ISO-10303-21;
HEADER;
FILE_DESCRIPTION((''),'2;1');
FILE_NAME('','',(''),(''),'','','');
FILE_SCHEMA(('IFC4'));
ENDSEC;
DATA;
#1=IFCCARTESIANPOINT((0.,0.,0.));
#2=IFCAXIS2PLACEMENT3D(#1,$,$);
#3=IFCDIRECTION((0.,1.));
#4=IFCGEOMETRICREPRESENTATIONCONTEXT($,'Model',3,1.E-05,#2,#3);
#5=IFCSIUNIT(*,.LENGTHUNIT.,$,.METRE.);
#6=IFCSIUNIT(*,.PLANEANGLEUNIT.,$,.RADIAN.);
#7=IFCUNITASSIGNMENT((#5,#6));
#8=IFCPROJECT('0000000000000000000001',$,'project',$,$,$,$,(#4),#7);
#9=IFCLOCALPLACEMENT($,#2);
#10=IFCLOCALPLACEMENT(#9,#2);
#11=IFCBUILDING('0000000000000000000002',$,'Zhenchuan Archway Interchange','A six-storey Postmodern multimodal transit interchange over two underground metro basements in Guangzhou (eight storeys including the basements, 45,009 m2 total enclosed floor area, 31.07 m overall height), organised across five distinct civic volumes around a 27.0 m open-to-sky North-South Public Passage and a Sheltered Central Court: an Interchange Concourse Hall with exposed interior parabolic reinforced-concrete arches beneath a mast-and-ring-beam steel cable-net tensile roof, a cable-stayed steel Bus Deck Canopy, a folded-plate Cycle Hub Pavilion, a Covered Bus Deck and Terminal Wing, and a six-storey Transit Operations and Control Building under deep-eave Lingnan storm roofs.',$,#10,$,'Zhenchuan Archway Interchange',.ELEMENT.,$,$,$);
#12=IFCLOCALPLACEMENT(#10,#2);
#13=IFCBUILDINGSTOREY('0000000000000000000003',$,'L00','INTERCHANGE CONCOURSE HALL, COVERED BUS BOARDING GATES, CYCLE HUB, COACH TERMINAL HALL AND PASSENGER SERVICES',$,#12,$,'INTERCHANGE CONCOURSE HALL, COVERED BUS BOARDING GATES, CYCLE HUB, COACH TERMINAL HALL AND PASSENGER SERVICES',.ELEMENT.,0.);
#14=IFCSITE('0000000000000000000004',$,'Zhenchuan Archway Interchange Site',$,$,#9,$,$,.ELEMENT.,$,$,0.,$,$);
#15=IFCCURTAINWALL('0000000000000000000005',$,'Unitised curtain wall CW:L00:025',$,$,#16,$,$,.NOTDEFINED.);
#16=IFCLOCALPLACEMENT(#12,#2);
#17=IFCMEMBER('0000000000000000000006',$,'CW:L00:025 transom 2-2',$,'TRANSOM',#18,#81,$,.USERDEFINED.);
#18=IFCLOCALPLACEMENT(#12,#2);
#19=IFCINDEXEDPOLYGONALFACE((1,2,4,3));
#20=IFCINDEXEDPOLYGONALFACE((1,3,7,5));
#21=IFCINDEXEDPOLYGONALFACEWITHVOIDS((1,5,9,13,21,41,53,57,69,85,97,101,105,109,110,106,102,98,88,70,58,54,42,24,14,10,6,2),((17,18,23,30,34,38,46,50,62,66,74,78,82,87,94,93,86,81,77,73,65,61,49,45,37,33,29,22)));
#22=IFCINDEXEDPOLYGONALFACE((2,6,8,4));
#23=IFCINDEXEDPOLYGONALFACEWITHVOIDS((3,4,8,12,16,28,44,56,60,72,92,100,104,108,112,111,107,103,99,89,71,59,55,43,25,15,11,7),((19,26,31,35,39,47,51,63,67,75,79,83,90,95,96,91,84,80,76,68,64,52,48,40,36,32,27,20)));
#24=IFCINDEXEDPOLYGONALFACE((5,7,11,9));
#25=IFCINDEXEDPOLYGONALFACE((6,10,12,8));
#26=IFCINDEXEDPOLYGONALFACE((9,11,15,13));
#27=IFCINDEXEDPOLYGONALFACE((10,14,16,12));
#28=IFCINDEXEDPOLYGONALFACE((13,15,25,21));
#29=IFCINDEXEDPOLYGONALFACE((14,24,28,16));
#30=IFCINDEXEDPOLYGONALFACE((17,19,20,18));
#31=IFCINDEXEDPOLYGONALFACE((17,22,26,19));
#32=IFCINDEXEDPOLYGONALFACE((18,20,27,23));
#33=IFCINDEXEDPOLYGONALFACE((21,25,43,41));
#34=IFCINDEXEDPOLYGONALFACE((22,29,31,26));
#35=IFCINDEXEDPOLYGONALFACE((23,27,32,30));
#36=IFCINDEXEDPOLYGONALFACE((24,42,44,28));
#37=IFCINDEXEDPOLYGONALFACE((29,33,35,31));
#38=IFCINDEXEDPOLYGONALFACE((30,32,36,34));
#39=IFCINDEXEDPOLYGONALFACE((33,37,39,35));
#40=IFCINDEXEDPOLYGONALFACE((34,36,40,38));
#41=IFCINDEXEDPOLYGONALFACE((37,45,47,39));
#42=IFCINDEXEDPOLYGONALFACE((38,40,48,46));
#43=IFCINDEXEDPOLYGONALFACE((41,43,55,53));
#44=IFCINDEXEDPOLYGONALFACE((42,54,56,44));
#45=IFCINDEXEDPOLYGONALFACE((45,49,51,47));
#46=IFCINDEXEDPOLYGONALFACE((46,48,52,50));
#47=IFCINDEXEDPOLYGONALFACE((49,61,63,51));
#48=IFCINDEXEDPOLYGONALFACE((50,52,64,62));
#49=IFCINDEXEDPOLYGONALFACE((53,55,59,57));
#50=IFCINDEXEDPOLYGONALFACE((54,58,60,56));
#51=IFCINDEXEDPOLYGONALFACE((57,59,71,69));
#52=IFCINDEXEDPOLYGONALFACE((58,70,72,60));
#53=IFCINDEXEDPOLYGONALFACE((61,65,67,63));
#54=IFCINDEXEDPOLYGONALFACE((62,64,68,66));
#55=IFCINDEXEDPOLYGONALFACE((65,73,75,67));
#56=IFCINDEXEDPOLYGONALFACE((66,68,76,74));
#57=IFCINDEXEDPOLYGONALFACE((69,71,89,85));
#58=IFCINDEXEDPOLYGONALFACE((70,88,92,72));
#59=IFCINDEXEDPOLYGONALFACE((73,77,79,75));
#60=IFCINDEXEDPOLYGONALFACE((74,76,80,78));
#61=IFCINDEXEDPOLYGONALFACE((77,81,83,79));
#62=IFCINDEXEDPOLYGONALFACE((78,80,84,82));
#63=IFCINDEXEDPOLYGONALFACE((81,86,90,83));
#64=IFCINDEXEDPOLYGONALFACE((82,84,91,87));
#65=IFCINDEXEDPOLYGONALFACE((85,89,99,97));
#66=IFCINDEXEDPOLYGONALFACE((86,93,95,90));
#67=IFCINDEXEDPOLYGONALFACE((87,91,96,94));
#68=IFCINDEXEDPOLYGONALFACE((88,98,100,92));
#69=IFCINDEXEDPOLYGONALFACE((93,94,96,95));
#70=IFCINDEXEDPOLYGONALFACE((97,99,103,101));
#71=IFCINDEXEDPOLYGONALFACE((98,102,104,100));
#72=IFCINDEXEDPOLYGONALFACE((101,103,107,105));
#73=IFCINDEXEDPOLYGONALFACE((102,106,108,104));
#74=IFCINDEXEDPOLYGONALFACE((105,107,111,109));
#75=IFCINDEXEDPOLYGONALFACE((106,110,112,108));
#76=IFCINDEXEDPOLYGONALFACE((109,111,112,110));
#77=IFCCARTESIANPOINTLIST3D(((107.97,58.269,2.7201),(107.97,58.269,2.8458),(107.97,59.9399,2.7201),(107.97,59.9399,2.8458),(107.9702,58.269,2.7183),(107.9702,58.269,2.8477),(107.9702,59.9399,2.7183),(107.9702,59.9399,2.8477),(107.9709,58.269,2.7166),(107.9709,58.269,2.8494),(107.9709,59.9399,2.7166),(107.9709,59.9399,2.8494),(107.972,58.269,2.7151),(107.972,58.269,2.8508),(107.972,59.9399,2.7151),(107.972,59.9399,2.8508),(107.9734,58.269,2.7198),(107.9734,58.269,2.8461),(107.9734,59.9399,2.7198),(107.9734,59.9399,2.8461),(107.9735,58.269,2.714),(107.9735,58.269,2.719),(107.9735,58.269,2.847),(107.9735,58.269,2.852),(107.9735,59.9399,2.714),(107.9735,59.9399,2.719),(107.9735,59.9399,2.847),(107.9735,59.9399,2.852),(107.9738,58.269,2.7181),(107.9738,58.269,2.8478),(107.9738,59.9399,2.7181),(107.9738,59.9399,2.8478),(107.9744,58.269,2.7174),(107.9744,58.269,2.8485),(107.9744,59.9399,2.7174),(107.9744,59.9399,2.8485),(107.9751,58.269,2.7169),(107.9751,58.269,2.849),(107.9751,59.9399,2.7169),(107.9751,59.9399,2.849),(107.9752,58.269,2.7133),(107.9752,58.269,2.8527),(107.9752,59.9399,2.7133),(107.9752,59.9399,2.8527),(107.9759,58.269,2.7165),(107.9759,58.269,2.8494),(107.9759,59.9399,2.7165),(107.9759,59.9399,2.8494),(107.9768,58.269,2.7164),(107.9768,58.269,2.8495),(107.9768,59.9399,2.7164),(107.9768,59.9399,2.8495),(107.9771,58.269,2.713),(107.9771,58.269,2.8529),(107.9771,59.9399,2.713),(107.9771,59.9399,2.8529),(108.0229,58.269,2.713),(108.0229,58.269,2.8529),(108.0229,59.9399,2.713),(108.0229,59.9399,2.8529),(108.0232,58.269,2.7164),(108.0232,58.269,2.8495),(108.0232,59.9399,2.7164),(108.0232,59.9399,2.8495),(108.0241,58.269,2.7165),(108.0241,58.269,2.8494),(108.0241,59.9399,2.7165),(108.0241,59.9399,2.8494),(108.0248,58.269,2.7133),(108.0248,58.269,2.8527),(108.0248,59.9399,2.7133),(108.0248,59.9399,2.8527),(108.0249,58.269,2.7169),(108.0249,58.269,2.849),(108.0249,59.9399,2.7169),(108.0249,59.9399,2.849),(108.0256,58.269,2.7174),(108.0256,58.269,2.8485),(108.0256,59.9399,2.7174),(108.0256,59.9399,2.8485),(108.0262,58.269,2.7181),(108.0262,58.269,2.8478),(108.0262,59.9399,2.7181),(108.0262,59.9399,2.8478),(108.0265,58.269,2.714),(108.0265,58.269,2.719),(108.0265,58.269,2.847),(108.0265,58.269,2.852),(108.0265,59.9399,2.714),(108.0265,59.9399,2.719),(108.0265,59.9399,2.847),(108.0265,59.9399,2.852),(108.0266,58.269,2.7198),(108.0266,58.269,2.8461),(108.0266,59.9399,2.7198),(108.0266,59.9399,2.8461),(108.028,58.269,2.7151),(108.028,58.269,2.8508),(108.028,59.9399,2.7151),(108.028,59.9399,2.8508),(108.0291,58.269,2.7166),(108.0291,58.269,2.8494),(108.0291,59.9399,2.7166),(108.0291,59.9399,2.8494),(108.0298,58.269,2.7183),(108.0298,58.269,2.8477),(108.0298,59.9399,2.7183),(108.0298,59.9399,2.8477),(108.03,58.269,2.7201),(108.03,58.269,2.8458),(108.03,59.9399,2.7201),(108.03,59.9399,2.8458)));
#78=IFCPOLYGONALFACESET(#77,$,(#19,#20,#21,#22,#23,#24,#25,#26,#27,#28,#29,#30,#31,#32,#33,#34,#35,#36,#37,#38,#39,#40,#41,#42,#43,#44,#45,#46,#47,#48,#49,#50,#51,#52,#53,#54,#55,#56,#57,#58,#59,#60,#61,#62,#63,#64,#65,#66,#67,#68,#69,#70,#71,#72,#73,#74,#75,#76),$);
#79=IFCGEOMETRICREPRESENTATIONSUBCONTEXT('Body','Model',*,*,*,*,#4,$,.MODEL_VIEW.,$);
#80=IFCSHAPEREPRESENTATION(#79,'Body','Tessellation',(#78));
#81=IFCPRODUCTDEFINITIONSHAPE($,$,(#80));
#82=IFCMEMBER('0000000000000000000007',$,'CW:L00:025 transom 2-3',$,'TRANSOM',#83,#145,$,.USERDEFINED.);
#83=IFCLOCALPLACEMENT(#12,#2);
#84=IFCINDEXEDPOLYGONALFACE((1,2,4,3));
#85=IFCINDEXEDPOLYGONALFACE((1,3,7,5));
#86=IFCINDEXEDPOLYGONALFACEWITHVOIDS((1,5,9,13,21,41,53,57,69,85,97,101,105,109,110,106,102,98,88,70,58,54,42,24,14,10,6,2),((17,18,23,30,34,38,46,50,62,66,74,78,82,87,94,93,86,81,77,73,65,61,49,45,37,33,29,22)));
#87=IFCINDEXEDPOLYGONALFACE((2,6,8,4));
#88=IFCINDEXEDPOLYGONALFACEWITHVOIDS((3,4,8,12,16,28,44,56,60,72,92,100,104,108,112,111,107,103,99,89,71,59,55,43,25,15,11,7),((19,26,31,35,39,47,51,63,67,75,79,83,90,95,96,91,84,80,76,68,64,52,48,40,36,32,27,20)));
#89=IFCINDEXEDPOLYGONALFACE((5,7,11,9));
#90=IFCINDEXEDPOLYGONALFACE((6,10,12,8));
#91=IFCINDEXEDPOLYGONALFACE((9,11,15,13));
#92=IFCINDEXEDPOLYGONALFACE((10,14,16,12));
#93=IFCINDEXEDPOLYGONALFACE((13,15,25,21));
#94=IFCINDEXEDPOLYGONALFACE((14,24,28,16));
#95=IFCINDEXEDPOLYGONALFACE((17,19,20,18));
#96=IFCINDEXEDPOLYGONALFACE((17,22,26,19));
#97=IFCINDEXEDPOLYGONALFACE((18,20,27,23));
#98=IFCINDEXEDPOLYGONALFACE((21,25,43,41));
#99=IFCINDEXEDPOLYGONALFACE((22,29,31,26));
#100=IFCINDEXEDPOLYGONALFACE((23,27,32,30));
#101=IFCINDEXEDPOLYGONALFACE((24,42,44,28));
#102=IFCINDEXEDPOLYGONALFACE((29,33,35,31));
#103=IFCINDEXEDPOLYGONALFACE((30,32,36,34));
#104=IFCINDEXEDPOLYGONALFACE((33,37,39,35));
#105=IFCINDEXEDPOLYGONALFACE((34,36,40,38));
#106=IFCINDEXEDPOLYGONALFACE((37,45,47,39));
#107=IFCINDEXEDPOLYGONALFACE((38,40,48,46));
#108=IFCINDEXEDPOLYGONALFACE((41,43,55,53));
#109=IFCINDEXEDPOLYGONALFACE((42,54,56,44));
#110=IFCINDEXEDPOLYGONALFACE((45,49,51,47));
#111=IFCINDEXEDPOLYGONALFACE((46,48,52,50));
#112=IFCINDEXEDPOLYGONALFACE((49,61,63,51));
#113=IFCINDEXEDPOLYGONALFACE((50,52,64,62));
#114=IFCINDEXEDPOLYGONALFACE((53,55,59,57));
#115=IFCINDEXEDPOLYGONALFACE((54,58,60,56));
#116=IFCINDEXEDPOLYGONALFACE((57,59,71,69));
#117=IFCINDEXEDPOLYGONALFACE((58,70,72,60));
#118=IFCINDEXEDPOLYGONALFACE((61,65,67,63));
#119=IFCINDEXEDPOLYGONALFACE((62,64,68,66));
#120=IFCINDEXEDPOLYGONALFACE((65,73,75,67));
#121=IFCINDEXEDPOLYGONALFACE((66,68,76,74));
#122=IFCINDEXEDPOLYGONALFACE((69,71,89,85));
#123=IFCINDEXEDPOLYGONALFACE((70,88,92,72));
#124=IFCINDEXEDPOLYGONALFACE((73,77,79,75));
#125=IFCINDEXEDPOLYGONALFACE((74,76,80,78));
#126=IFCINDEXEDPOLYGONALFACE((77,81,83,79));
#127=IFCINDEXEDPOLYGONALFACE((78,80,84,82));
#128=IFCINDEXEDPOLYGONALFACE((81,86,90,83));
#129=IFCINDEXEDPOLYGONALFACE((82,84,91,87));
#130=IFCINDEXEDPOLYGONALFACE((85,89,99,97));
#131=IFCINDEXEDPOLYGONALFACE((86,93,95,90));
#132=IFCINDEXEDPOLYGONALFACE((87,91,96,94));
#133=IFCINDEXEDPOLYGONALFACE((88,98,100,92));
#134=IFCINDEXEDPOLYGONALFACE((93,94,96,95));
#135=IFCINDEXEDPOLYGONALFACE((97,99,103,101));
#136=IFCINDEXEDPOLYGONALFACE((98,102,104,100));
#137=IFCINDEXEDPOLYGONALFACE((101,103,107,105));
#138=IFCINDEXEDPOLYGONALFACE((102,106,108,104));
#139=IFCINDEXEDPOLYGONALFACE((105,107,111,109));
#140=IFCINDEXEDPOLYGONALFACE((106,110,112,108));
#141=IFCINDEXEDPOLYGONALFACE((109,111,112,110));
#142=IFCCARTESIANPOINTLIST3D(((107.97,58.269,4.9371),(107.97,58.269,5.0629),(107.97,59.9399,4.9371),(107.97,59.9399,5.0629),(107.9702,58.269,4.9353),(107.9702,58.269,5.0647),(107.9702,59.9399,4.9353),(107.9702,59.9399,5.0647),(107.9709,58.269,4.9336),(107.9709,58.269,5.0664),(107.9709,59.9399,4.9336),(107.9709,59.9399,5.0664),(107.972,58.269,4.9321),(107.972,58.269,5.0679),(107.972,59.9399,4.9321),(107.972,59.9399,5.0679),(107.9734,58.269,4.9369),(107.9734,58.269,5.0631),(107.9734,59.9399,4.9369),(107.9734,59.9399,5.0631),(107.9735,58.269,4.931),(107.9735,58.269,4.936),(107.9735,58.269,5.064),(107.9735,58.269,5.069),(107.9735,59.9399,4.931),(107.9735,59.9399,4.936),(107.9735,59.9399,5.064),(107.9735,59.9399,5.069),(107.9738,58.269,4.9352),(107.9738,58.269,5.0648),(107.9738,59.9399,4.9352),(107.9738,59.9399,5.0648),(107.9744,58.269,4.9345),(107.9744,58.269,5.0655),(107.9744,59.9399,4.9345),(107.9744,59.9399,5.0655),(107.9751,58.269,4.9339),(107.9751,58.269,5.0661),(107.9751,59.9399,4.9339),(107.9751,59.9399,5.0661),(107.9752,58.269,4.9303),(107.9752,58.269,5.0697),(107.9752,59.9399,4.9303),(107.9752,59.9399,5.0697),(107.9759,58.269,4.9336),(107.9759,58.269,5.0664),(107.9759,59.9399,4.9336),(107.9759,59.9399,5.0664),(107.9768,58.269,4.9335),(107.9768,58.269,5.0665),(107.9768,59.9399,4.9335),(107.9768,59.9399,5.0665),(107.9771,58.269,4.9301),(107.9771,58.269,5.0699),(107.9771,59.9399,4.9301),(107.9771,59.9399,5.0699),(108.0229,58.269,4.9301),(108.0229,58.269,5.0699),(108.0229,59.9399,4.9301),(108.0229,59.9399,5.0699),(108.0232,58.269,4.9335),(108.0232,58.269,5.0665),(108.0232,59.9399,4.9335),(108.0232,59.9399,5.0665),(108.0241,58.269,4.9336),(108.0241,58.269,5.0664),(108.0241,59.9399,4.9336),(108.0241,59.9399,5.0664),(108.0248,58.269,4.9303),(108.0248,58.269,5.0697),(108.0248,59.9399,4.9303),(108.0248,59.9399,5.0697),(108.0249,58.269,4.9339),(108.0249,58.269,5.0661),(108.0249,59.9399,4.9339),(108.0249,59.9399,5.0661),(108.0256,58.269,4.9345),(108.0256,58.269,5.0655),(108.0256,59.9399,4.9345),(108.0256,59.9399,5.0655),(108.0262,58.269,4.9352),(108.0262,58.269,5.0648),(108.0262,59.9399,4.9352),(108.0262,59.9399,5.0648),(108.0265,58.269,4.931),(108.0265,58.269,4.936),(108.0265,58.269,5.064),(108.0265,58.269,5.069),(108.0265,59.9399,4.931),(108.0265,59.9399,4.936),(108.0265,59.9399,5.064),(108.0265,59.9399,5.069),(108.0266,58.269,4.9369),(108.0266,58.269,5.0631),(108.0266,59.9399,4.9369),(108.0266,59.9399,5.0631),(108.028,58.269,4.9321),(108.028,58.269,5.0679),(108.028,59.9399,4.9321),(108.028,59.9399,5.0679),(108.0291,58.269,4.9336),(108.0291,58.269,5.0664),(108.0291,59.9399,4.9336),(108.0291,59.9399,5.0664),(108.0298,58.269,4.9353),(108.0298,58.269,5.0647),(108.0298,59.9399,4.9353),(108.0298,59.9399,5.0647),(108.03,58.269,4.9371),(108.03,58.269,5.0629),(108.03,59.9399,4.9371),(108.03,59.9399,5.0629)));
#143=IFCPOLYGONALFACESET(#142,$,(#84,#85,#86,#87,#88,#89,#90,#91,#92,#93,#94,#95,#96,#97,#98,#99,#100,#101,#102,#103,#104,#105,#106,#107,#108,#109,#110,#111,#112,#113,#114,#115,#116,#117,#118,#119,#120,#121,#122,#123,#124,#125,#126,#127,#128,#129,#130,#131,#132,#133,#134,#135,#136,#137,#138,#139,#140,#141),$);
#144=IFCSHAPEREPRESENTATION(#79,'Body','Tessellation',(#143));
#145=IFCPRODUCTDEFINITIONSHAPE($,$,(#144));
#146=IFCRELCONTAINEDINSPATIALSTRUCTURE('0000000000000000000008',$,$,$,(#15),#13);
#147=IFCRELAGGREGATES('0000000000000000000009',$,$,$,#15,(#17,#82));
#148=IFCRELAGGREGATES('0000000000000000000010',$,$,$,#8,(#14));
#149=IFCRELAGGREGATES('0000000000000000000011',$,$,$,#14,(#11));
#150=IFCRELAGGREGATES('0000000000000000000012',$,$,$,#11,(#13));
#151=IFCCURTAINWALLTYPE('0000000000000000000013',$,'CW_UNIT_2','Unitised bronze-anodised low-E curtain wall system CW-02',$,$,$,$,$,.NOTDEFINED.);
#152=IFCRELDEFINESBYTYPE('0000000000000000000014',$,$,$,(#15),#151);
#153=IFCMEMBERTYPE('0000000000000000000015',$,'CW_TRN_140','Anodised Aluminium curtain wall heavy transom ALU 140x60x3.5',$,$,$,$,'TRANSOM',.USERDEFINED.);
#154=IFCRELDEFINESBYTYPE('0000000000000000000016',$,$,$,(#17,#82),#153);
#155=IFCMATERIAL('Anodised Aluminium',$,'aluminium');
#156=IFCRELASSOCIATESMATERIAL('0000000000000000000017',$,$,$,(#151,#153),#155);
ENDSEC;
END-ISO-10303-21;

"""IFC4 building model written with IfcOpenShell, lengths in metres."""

from ifc_helpers import new_model, si_unit, direction, frame, origin, origin_2d, place, context, subcontext, project, spatial, hollow_rectangle, extrude, material, material_profile, profile_set, type_object, element, aggregate, save


model = new_model("IFC4")

# Units and contexts
model_context = context("Model", 3, precision=1e-05, world=origin(), true_north=direction((0.0, 1.0)))
body_context = subcontext(model_context, "Body", "Model", "MODEL_VIEW")
ifc_project = project(units=[si_unit("LENGTHUNIT", "METRE"), si_unit("PLANEANGLEUNIT", "RADIAN")], contexts=[model_context])

# Site, building, storey
site_placement = place(None, origin())
site = spatial("IfcSite", under=ifc_project, at=site_placement, Name="Zhenchuan Archway Interchange Site", CompositionType="ELEMENT", RefElevation=0.0)
building_placement = place(site_placement, origin())
building = spatial("IfcBuilding", under=site, at=building_placement, Name="Zhenchuan Archway Interchange", Description="A six-storey Postmodern multimodal transit interchange over two underground metro basements in Guangzhou (eight storeys including the basements, 45,009 m2 total enclosed floor area, 31.07 m overall height), organised across five distinct civic volumes around a 27.0 m open-to-sky North-South Public Passage and a Sheltered Central Court: an Interchange Concourse Hall with exposed interior parabolic reinforced-concrete arches beneath a mast-and-ring-beam steel cable-net tensile roof, a cable-stayed steel Bus Deck Canopy, a folded-plate Cycle Hub Pavilion, a Covered Bus Deck and Terminal Wing, and a six-storey Transit Operations and Control Building under deep-eave Lingnan storm roofs.", LongName="Zhenchuan Archway Interchange", CompositionType="ELEMENT")
storey_placement = place(building_placement, origin())
storey = spatial("IfcBuildingStorey", under=building, at=storey_placement, Name="L00", Description="INTERCHANGE CONCOURSE HALL, COVERED BUS BOARDING GATES, CYCLE HUB, COACH TERMINAL HALL AND PASSENGER SERVICES", LongName="INTERCHANGE CONCOURSE HALL, COVERED BUS BOARDING GATES, CYCLE HUB, COACH TERMINAL HALL AND PASSENGER SERVICES", CompositionType="ELEMENT", Elevation=0.0)

# Curtain wall, members
ifc_material_1 = material(Name="Anodised Aluminium", Category="aluminium")
curtain_wall_type = type_object("IfcCurtainWallType", Name="CW_UNIT_2", Description="Unitised bronze-anodised low-E curtain wall system CW-02", PredefinedType="NOTDEFINED", material=ifc_material_1)
curtain_wall_placement = place(storey_placement, origin())
curtain_wall = element("IfcCurtainWall", 1, at=curtain_wall_placement, inside=storey, type_object=curtain_wall_type, Name="Unitised curtain wall CW:L00:025", PredefinedType="NOTDEFINED")
ifc_material_profile_1 = material_profile(ifc_material_1, hollow_rectangle(XDim=0.0601, YDim=0.1399, WallThickness=0.0034, InnerFilletRadius=0.0034, OuterFilletRadius=0.0071, at=origin_2d()), Name="ALU 140x60x3.5")
ifc_profile_set_1 = profile_set([ifc_material_profile_1], Name="Anodised Aluminium")
member_type_1 = type_object("IfcMemberType", Name="CW_TRN_140", Description="Anodised Aluminium curtain wall heavy transom ALU 140x60x3.5", ElementType="TRANSOM", PredefinedType="USERDEFINED", material=ifc_profile_set_1)
member_1_placement = place(storey_placement, frame((108.0, 59.9399, 2.783), z_axis=(0.0, -1.0, 0.0), x_axis=(1.0, 0.0, 0.0)))
member_1 = element("IfcMember", 2, at=member_1_placement, type_object=member_type_1, Name="CW:L00:025 transom 2-2", ObjectType="TRANSOM", PredefinedType="USERDEFINED", context=body_context, shape_type="SweptSolid", body=[
    extrude(hollow_rectangle(XDim=0.0601, YDim=0.1399, WallThickness=0.0034, InnerFilletRadius=0.0034, OuterFilletRadius=0.0071, at=origin_2d()), origin(), (0.0, 0.0, 1.0), 1.6709),
])
member_2_placement = place(storey_placement, frame((108.0, 59.9399, 5.0), z_axis=(0.0, -1.0, 0.0), x_axis=(1.0, 0.0, 0.0)))
member_2 = element("IfcMember", 3, at=member_2_placement, type_object=member_type_1, Name="CW:L00:025 transom 2-3", ObjectType="TRANSOM", PredefinedType="USERDEFINED", context=body_context, shape_type="SweptSolid", body=[
    extrude(hollow_rectangle(XDim=0.0601, YDim=0.1399, WallThickness=0.0034, InnerFilletRadius=0.0034, OuterFilletRadius=0.0071, at=origin_2d()), origin(), (0.0, 0.0, 1.0), 1.6709),
])
aggregate(curtain_wall, [member_1, member_2])

save(model, "model.ifc")
